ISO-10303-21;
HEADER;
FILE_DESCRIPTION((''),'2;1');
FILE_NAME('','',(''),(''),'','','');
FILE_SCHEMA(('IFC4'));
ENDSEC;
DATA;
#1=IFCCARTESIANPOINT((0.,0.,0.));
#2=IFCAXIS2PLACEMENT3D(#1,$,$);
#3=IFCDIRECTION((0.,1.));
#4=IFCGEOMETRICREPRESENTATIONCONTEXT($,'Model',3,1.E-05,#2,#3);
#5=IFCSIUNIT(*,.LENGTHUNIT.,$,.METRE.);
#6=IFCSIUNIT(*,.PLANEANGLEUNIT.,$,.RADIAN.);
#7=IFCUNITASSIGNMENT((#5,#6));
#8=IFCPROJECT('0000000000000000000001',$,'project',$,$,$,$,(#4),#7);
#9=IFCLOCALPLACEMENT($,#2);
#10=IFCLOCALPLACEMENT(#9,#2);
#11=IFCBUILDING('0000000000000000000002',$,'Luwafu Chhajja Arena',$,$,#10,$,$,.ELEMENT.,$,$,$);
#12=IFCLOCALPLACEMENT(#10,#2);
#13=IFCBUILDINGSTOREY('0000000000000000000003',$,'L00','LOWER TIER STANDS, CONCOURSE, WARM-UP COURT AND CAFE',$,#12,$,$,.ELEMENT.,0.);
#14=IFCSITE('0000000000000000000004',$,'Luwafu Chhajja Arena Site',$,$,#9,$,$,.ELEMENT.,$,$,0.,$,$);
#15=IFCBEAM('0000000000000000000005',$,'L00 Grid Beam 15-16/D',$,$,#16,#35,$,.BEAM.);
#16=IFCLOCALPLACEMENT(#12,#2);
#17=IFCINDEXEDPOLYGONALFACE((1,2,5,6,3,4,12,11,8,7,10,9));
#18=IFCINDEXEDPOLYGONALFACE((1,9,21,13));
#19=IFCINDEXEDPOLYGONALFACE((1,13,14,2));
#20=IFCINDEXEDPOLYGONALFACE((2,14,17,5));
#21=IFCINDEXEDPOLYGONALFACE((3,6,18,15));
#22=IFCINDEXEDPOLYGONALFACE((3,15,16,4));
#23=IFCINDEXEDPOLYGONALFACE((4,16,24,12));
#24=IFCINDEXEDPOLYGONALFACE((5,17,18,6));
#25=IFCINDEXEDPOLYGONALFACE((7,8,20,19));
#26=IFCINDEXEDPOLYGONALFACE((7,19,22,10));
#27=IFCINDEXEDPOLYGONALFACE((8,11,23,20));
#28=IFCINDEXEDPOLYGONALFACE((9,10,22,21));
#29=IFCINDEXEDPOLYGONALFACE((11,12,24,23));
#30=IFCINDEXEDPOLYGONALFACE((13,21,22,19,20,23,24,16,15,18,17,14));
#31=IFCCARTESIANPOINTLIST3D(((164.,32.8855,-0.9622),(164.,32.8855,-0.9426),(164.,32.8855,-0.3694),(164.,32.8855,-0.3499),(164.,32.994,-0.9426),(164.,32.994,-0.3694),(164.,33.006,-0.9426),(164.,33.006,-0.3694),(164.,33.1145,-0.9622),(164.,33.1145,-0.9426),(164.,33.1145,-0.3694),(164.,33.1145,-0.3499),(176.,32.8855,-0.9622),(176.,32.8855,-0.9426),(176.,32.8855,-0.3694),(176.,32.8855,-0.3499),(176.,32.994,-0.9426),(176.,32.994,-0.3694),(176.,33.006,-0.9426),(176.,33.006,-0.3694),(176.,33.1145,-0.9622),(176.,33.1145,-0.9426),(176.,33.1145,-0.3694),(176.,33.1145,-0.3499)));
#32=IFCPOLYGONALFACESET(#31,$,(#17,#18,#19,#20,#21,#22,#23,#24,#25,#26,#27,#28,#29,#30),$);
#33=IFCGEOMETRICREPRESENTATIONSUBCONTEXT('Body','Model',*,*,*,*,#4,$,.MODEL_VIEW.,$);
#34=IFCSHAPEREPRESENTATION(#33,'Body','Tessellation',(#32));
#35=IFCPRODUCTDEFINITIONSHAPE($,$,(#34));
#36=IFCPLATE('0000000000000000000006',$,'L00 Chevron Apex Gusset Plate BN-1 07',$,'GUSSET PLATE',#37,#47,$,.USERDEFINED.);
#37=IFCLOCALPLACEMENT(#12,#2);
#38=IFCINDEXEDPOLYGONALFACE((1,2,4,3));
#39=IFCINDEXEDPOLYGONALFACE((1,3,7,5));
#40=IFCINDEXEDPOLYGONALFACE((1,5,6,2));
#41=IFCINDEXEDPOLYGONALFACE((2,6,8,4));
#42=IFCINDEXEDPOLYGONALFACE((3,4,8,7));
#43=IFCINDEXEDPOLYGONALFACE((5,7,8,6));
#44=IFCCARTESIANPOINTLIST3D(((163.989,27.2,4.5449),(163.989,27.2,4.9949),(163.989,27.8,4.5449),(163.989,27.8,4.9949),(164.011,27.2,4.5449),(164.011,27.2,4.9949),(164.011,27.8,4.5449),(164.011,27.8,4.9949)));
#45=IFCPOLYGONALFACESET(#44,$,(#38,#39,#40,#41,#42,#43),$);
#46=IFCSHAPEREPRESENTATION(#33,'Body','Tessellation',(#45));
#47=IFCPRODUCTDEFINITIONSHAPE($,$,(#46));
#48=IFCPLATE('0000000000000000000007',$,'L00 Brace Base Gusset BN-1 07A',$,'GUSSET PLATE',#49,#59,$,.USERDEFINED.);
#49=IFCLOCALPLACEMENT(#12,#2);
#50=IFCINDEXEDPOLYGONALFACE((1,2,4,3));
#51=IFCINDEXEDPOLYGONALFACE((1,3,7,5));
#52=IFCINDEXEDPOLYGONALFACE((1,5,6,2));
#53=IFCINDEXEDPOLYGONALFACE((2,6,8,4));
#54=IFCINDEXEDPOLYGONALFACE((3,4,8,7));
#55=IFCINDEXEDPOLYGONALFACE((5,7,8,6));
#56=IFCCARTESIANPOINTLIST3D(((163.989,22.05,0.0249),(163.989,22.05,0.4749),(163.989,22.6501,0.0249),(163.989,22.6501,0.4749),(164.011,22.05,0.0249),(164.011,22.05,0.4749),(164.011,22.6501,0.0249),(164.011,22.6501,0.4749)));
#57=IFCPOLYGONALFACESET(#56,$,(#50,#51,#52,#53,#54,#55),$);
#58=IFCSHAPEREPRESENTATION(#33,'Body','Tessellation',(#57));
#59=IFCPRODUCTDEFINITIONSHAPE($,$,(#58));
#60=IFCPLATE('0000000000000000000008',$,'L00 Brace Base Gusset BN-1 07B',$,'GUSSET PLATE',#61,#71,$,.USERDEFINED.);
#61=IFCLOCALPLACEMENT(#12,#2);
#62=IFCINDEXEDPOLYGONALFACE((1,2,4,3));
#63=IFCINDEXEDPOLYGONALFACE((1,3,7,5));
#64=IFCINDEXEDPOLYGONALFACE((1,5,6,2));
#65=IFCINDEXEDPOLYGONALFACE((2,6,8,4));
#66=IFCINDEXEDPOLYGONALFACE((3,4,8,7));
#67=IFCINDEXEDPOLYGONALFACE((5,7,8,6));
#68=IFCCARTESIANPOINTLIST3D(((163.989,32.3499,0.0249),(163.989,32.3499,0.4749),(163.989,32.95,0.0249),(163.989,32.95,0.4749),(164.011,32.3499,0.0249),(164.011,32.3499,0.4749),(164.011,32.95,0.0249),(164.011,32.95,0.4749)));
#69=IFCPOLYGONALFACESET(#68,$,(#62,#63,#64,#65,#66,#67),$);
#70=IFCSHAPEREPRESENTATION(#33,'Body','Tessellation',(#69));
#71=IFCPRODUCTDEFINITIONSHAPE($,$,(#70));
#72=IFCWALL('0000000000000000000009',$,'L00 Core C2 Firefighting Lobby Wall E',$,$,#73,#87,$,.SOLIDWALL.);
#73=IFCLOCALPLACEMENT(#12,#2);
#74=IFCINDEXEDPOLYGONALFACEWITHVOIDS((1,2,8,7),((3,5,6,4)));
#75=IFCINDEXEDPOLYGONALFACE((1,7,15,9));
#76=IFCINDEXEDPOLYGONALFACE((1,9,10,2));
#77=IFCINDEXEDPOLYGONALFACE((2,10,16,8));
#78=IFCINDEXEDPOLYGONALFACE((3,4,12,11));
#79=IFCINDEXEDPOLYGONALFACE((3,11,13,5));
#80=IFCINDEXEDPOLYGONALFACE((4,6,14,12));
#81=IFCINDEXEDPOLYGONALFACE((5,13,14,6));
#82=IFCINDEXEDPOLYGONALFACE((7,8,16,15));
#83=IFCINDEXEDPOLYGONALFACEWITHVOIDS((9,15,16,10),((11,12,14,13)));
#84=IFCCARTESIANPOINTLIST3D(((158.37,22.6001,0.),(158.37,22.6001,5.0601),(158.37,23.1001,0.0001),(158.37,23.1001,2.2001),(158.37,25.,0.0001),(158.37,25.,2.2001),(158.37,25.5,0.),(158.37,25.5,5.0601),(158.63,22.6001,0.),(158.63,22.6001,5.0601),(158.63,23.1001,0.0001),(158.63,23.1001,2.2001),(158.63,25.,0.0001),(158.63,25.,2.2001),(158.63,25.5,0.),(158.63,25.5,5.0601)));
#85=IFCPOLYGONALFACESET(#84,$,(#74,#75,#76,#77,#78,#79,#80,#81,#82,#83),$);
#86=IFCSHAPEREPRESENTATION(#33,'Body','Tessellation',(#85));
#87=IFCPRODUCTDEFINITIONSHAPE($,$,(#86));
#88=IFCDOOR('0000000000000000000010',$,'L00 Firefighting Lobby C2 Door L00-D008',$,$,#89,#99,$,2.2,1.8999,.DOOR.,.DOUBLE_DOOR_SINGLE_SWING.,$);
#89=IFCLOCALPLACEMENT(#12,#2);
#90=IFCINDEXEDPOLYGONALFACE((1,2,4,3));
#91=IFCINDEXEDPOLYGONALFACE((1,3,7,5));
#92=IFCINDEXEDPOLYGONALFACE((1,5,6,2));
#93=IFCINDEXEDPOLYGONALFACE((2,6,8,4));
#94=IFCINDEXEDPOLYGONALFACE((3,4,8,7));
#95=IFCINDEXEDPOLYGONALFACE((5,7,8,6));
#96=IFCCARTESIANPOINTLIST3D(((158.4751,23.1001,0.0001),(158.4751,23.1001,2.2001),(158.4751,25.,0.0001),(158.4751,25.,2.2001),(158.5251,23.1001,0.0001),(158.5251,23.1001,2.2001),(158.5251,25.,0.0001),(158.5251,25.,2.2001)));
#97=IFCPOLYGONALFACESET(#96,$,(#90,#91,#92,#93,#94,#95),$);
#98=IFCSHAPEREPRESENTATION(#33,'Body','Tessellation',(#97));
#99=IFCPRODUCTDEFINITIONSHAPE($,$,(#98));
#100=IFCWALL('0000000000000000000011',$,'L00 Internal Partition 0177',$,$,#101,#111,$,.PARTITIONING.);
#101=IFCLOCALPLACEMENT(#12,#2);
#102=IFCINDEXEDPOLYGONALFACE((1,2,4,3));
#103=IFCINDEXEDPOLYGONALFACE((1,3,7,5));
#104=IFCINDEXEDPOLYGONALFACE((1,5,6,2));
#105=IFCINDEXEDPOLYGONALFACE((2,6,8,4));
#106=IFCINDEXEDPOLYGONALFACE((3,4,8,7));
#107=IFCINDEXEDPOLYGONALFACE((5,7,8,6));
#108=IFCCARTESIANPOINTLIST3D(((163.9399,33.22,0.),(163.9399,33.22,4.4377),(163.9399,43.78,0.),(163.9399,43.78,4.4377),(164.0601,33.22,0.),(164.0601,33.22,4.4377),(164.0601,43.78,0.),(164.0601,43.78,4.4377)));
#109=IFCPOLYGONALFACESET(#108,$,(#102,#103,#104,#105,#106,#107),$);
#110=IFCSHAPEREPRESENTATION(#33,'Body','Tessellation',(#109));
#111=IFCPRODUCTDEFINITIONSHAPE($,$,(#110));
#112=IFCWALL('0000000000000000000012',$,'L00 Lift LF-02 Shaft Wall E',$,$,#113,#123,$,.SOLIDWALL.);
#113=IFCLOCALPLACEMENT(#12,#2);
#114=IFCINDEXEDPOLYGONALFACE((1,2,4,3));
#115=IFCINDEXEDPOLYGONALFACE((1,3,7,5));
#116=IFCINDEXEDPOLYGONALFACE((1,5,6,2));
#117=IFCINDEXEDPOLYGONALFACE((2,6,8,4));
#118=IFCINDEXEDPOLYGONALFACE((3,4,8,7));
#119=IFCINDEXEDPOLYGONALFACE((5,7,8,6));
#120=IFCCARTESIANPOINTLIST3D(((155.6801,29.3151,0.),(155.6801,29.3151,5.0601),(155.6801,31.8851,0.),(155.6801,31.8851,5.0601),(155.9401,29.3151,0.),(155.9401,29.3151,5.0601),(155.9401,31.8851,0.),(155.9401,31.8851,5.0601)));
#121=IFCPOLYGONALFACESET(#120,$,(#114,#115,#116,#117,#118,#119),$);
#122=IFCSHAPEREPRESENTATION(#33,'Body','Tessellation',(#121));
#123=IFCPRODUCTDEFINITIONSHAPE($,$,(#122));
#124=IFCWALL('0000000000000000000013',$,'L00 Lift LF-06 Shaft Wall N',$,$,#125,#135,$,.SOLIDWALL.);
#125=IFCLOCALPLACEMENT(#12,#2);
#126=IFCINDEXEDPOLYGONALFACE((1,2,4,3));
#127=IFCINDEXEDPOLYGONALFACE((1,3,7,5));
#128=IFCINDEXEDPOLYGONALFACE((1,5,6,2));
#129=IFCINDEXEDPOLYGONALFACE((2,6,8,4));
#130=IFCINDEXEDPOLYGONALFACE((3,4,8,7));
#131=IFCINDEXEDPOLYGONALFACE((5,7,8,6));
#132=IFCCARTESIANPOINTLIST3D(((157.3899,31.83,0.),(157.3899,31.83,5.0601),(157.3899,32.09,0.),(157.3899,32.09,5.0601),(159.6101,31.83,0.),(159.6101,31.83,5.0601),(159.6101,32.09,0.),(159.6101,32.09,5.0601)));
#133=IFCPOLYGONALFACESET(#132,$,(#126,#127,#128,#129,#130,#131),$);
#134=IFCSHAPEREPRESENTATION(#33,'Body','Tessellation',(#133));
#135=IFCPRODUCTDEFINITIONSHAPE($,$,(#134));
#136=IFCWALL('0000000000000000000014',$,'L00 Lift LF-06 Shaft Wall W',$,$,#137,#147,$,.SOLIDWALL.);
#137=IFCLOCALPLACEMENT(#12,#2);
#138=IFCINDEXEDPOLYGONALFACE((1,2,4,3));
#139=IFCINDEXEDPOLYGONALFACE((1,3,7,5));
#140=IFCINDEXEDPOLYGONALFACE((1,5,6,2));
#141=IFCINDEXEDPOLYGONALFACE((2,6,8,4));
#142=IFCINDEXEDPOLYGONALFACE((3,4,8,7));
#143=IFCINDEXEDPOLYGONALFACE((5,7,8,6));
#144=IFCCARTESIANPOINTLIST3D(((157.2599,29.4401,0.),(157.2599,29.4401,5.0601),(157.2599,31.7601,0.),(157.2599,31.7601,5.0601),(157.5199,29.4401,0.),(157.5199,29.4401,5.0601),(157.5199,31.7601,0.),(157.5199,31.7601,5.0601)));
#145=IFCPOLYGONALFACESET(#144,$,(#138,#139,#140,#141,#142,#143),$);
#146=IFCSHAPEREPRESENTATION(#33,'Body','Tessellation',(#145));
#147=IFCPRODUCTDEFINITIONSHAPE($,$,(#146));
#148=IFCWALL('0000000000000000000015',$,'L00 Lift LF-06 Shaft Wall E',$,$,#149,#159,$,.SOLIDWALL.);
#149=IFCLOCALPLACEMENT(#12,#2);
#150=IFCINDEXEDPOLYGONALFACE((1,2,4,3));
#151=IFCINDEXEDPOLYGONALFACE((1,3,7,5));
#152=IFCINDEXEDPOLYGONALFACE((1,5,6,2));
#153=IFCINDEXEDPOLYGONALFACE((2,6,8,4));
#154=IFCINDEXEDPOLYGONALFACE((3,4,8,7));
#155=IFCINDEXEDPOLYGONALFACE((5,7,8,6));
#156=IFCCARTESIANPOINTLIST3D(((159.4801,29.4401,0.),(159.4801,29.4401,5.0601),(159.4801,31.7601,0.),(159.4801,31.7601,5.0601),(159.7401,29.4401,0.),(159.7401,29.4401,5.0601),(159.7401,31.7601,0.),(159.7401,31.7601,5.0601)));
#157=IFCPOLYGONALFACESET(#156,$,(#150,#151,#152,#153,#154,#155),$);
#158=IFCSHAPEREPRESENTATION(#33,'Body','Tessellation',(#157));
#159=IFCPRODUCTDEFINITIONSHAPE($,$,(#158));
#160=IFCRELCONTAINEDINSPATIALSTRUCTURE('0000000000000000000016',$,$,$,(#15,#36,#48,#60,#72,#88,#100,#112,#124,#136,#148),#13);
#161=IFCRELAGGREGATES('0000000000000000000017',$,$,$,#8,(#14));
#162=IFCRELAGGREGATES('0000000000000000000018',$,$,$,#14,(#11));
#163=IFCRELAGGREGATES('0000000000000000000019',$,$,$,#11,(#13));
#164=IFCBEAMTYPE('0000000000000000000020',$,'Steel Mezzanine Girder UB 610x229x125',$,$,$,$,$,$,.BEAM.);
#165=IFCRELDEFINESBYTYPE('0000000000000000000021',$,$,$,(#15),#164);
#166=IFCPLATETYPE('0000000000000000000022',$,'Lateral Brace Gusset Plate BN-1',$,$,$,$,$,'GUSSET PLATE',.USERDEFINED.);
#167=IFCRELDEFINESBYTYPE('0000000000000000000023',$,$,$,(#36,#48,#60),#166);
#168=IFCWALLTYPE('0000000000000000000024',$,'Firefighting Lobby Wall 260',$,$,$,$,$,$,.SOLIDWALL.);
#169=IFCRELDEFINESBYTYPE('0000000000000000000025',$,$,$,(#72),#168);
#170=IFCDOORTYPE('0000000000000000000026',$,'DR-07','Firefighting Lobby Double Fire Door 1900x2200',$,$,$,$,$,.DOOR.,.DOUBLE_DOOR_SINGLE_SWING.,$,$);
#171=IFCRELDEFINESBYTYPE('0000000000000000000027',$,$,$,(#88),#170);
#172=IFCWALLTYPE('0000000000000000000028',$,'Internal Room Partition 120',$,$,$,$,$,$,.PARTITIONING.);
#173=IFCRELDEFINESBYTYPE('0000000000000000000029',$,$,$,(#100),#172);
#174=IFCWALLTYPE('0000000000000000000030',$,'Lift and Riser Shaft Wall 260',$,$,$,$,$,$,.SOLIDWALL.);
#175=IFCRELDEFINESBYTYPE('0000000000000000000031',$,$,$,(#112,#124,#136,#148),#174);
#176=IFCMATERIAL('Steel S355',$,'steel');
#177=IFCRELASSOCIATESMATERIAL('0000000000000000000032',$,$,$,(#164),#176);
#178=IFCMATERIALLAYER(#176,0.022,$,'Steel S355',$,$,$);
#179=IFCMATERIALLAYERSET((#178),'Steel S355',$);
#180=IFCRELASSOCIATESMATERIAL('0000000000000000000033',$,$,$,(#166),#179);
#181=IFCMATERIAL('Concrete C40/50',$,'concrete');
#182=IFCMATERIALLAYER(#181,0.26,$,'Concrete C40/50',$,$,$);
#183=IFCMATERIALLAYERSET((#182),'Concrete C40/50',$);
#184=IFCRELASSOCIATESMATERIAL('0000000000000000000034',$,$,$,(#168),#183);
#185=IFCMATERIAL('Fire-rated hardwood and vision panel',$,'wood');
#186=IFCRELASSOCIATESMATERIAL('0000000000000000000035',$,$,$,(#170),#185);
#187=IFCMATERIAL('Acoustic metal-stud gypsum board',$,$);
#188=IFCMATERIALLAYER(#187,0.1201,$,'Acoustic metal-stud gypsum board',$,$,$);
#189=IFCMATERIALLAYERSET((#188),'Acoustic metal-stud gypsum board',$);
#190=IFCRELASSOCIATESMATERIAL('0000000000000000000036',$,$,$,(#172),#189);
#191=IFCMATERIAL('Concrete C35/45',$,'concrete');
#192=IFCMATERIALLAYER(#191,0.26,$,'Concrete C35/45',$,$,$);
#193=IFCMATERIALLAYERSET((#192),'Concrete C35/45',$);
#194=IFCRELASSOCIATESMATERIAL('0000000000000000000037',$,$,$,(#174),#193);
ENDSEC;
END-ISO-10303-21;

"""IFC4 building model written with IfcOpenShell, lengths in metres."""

from ifc_helpers import new_model, si_unit, direction, frame, frame_2d, origin, origin_2d, place, context, subcontext, project, spatial, rectangle, i_section, extrude, material, layer, layer_set, material_profile, profile_set, type_object, element, fill, save


model = new_model("IFC4")

# Units and contexts
model_context = context("Model", 3, precision=1e-05, world=origin(), true_north=direction((0.0, 1.0)))
body_context = subcontext(model_context, "Body", "Model", "MODEL_VIEW")
ifc_project = project(units=[si_unit("LENGTHUNIT", "METRE"), si_unit("PLANEANGLEUNIT", "RADIAN")], contexts=[model_context])

# Site, building, storey
site_placement = place(None, origin())
site = spatial("IfcSite", under=ifc_project, at=site_placement, Name="Luwafu Chhajja Arena Site", CompositionType="ELEMENT", RefElevation=0.0)
building_placement = place(site_placement, origin())
building = spatial("IfcBuilding", under=site, at=building_placement, Name="Luwafu Chhajja Arena", CompositionType="ELEMENT")
storey_placement = place(building_placement, origin())
storey = spatial("IfcBuildingStorey", under=building, at=storey_placement, Name="L00", Description="LOWER TIER STANDS, CONCOURSE, WARM-UP COURT AND CAFE", CompositionType="ELEMENT", Elevation=0.0)

# Shared definitions
ifc_material_1 = material(Name="Concrete C40/50", Category="concrete")

# Shared definitions
ifc_material_2 = material(Name="Steel S355", Category="steel")

# Beam
ifc_material_3 = material(Name="Concrete C35/45", Category="concrete")
ifc_material_profile_1 = material_profile(ifc_material_2, i_section(OverallWidth=0.229, OverallDepth=0.6123, WebThickness=0.012, FlangeThickness=0.0195, at=origin_2d()), Name="UB 610x229x125")
ifc_profile_set_1 = profile_set([ifc_material_profile_1], Name="Steel S355")
beam_type_1 = type_object("IfcBeamType", Name="Steel Mezzanine Girder UB 610x229x125", PredefinedType="BEAM", material=ifc_profile_set_1)
beam_1_placement = place(storey_placement, frame((164.0, 33.0, -0.656), z_axis=(1.0, 0.0, 0.0), x_axis=(0.0, 1.0, 0.0)))
element("IfcBeam", 1, at=beam_1_placement, inside=storey, type_object=beam_type_1, Name="L00 Grid Beam 15-16/D", PredefinedType="BEAM", context=body_context, shape_type="SweptSolid", body=[
    extrude(i_section(OverallWidth=0.229, OverallDepth=0.6123, WebThickness=0.012, FlangeThickness=0.0195, at=origin_2d()), origin(), (0.0, 0.0, 1.0), 12.0),
])

# Plates
ifc_layer_1 = layer(ifc_material_2, 0.022, Name="Steel S355")
ifc_layer_set_1 = layer_set([ifc_layer_1], Name="Steel S355")
plate_type = type_object("IfcPlateType", Name="Lateral Brace Gusset Plate BN-1", ElementType="GUSSET PLATE", PredefinedType="USERDEFINED", material=ifc_layer_set_1)
for number, where, z_axis, x_axis, name in (
    (2, (164.0, 27.5, 4.5449), (0.0, 0.0, 1.0), (1.0, 0.0, 0.0), "L00 Chevron Apex Gusset Plate BN-1 07"),
    (3, (164.0, 22.3501, 0.0249), (0.0, 0.0, 1.0), (1.0, 0.0, 0.0), "L00 Brace Base Gusset BN-1 07A"),
    (4, (164.0, 32.6499, 0.0249), (0.0, 0.0, 1.0), (1.0, 0.0, 0.0), "L00 Brace Base Gusset BN-1 07B"),
):
    element("IfcPlate", number, at=place(storey_placement, frame(where, z_axis=z_axis, x_axis=x_axis)), inside=storey, type_object=plate_type, Name=name, ObjectType="GUSSET PLATE", PredefinedType="USERDEFINED", context=body_context, shape_type="SweptSolid", body=[
        extrude(rectangle(XDim=0.022, YDim=0.6001, at=origin_2d()), origin(), (0.0, 0.0, 1.0), 0.45),
    ])

# Wall, opening, door
ifc_layer_2 = layer(ifc_material_1, 0.26, Name="Concrete C40/50")
ifc_layer_set_2 = layer_set([ifc_layer_2], Name="Concrete C40/50")
wall_type_1 = type_object("IfcWallType", Name="Firefighting Lobby Wall 260", PredefinedType="SOLIDWALL", material=ifc_layer_set_2)
wall_1_placement = place(storey_placement, frame((158.5, 22.6001, 0.0), z_axis=(0.0, 0.0, 1.0), x_axis=(0.0, 1.0, 0.0)))
wall_1 = element("IfcWall", 5, at=wall_1_placement, inside=storey, type_object=wall_type_1, Name="L00 Core C2 Firefighting Lobby Wall E", PredefinedType="SOLIDWALL", context=body_context, shape_type="SweptSolid", body=[
    extrude(rectangle(XDim=2.8999, YDim=0.26, at=frame_2d((1.45, 0.0))), origin(), (0.0, 0.0, 1.0), 5.0601),
])
opening_1_placement = place(wall_1_placement, frame((0.5, 0.0, 0.0)))
opening_1 = element("IfcOpeningElement", 6, at=opening_1_placement, cuts=wall_1, PredefinedType="OPENING", context=body_context, shape_type="SweptSolid", body=[
    extrude(rectangle(XDim=1.8999, YDim=2.2, at=frame_2d((0.95, 1.1001))), frame((0.0, 0.1399, 0.0), z_axis=(0.0, -1.0, 0.0), x_axis=(1.0, 0.0, 0.0)), (0.0, 0.0, 1.0), 0.28),
])
ifc_material_4 = material(Name="Fire-rated hardwood and vision panel", Category="wood")
door_type_1 = type_object("IfcDoorType", Name="DR-07", Description="Firefighting Lobby Double Fire Door 1900x2200", OperationType="DOUBLE_DOOR_SINGLE_SWING", PredefinedType="DOOR", material=ifc_material_4)
door_1_placement = place(opening_1_placement, origin())
door_1 = element("IfcDoor", 7, at=door_1_placement, inside=storey, type_object=door_type_1, Name="L00 Firefighting Lobby C2 Door L00-D008", OperationType="DOUBLE_DOOR_SINGLE_SWING", OverallHeight=2.2, OverallWidth=1.8999, PredefinedType="DOOR", context=body_context, shape_type="SweptSolid", body=[
    extrude(rectangle(XDim=1.8999, YDim=2.2, at=frame_2d((0.95, 1.1001))), frame((0.0, 0.0249, 0.0), z_axis=(0.0, -1.0, 0.0), x_axis=(1.0, 0.0, 0.0)), (0.0, 0.0, 1.0), 0.05),
])
fill(opening_1, door_1)

# Walls
ifc_material_5 = material(Name="Acoustic metal-stud gypsum board")
ifc_layer_3 = layer(ifc_material_5, 0.1201, Name="Acoustic metal-stud gypsum board")
ifc_layer_set_3 = layer_set([ifc_layer_3], Name="Acoustic metal-stud gypsum board")
wall_type_2 = type_object("IfcWallType", Name="Internal Room Partition 120", PredefinedType="PARTITIONING", material=ifc_layer_set_3)
wall_2_placement = place(storey_placement, frame((164.0, 33.22, 0.0), z_axis=(0.0, 0.0, 1.0), x_axis=(0.0, 1.0, 0.0)))
element("IfcWall", 8, at=wall_2_placement, inside=storey, type_object=wall_type_2, Name="L00 Internal Partition 0177", PredefinedType="PARTITIONING", context=body_context, shape_type="SweptSolid", body=[
    extrude(rectangle(XDim=10.5601, YDim=0.1201, at=frame_2d((5.28, 0.0))), origin(), (0.0, 0.0, 1.0), 4.4377),
])
ifc_layer_4 = layer(ifc_material_3, 0.26, Name="Concrete C35/45")
ifc_layer_set_4 = layer_set([ifc_layer_4], Name="Concrete C35/45")
wall_type_3 = type_object("IfcWallType", Name="Lift and Riser Shaft Wall 260", PredefinedType="SOLIDWALL", material=ifc_layer_set_4)
wall_3_placement = place(storey_placement, frame((155.8101, 29.3149, 0.0), z_axis=(0.0, 0.0, 1.0), x_axis=(0.0, 1.0, 0.0)))
element("IfcWall", 9, at=wall_3_placement, inside=storey, type_object=wall_type_3, Name="L00 Lift LF-02 Shaft Wall E", PredefinedType="SOLIDWALL", context=body_context, shape_type="SweptSolid", body=[
    extrude(rectangle(XDim=2.5701, YDim=0.26, at=frame_2d((1.2852, 0.0))), origin(), (0.0, 0.0, 1.0), 5.0601),
])

# Walls
wall_4_placement = place(storey_placement, frame((157.3899, 31.96, 0.0), z_axis=(0.0, 0.0, 1.0), x_axis=(1.0, 0.0, 0.0)))
element("IfcWall", 10, at=wall_4_placement, inside=storey, type_object=wall_type_3, Name="L00 Lift LF-06 Shaft Wall N", PredefinedType="SOLIDWALL", context=body_context, shape_type="SweptSolid", body=[
    extrude(rectangle(XDim=2.2202, YDim=0.26, at=frame_2d((1.1101, 0.0))), origin(), (0.0, 0.0, 1.0), 5.0601),
])
for number, where, z_axis, x_axis, name in (
    (11, (157.3899, 29.4399, 0.0), (0.0, 0.0, 1.0), (0.0, 1.0, 0.0), "L00 Lift LF-06 Shaft Wall W"),
    (12, (159.6101, 29.4399, 0.0), (0.0, 0.0, 1.0), (0.0, 1.0, 0.0), "L00 Lift LF-06 Shaft Wall E"),
):
    element("IfcWall", number, at=place(storey_placement, frame(where, z_axis=z_axis, x_axis=x_axis)), inside=storey, type_object=wall_type_3, Name=name, PredefinedType="SOLIDWALL", context=body_context, shape_type="SweptSolid", body=[
        extrude(rectangle(XDim=2.3201, YDim=0.26, at=frame_2d((1.1602, 0.0))), origin(), (0.0, 0.0, 1.0), 5.0601),
    ])

save(model, "model.ifc")
